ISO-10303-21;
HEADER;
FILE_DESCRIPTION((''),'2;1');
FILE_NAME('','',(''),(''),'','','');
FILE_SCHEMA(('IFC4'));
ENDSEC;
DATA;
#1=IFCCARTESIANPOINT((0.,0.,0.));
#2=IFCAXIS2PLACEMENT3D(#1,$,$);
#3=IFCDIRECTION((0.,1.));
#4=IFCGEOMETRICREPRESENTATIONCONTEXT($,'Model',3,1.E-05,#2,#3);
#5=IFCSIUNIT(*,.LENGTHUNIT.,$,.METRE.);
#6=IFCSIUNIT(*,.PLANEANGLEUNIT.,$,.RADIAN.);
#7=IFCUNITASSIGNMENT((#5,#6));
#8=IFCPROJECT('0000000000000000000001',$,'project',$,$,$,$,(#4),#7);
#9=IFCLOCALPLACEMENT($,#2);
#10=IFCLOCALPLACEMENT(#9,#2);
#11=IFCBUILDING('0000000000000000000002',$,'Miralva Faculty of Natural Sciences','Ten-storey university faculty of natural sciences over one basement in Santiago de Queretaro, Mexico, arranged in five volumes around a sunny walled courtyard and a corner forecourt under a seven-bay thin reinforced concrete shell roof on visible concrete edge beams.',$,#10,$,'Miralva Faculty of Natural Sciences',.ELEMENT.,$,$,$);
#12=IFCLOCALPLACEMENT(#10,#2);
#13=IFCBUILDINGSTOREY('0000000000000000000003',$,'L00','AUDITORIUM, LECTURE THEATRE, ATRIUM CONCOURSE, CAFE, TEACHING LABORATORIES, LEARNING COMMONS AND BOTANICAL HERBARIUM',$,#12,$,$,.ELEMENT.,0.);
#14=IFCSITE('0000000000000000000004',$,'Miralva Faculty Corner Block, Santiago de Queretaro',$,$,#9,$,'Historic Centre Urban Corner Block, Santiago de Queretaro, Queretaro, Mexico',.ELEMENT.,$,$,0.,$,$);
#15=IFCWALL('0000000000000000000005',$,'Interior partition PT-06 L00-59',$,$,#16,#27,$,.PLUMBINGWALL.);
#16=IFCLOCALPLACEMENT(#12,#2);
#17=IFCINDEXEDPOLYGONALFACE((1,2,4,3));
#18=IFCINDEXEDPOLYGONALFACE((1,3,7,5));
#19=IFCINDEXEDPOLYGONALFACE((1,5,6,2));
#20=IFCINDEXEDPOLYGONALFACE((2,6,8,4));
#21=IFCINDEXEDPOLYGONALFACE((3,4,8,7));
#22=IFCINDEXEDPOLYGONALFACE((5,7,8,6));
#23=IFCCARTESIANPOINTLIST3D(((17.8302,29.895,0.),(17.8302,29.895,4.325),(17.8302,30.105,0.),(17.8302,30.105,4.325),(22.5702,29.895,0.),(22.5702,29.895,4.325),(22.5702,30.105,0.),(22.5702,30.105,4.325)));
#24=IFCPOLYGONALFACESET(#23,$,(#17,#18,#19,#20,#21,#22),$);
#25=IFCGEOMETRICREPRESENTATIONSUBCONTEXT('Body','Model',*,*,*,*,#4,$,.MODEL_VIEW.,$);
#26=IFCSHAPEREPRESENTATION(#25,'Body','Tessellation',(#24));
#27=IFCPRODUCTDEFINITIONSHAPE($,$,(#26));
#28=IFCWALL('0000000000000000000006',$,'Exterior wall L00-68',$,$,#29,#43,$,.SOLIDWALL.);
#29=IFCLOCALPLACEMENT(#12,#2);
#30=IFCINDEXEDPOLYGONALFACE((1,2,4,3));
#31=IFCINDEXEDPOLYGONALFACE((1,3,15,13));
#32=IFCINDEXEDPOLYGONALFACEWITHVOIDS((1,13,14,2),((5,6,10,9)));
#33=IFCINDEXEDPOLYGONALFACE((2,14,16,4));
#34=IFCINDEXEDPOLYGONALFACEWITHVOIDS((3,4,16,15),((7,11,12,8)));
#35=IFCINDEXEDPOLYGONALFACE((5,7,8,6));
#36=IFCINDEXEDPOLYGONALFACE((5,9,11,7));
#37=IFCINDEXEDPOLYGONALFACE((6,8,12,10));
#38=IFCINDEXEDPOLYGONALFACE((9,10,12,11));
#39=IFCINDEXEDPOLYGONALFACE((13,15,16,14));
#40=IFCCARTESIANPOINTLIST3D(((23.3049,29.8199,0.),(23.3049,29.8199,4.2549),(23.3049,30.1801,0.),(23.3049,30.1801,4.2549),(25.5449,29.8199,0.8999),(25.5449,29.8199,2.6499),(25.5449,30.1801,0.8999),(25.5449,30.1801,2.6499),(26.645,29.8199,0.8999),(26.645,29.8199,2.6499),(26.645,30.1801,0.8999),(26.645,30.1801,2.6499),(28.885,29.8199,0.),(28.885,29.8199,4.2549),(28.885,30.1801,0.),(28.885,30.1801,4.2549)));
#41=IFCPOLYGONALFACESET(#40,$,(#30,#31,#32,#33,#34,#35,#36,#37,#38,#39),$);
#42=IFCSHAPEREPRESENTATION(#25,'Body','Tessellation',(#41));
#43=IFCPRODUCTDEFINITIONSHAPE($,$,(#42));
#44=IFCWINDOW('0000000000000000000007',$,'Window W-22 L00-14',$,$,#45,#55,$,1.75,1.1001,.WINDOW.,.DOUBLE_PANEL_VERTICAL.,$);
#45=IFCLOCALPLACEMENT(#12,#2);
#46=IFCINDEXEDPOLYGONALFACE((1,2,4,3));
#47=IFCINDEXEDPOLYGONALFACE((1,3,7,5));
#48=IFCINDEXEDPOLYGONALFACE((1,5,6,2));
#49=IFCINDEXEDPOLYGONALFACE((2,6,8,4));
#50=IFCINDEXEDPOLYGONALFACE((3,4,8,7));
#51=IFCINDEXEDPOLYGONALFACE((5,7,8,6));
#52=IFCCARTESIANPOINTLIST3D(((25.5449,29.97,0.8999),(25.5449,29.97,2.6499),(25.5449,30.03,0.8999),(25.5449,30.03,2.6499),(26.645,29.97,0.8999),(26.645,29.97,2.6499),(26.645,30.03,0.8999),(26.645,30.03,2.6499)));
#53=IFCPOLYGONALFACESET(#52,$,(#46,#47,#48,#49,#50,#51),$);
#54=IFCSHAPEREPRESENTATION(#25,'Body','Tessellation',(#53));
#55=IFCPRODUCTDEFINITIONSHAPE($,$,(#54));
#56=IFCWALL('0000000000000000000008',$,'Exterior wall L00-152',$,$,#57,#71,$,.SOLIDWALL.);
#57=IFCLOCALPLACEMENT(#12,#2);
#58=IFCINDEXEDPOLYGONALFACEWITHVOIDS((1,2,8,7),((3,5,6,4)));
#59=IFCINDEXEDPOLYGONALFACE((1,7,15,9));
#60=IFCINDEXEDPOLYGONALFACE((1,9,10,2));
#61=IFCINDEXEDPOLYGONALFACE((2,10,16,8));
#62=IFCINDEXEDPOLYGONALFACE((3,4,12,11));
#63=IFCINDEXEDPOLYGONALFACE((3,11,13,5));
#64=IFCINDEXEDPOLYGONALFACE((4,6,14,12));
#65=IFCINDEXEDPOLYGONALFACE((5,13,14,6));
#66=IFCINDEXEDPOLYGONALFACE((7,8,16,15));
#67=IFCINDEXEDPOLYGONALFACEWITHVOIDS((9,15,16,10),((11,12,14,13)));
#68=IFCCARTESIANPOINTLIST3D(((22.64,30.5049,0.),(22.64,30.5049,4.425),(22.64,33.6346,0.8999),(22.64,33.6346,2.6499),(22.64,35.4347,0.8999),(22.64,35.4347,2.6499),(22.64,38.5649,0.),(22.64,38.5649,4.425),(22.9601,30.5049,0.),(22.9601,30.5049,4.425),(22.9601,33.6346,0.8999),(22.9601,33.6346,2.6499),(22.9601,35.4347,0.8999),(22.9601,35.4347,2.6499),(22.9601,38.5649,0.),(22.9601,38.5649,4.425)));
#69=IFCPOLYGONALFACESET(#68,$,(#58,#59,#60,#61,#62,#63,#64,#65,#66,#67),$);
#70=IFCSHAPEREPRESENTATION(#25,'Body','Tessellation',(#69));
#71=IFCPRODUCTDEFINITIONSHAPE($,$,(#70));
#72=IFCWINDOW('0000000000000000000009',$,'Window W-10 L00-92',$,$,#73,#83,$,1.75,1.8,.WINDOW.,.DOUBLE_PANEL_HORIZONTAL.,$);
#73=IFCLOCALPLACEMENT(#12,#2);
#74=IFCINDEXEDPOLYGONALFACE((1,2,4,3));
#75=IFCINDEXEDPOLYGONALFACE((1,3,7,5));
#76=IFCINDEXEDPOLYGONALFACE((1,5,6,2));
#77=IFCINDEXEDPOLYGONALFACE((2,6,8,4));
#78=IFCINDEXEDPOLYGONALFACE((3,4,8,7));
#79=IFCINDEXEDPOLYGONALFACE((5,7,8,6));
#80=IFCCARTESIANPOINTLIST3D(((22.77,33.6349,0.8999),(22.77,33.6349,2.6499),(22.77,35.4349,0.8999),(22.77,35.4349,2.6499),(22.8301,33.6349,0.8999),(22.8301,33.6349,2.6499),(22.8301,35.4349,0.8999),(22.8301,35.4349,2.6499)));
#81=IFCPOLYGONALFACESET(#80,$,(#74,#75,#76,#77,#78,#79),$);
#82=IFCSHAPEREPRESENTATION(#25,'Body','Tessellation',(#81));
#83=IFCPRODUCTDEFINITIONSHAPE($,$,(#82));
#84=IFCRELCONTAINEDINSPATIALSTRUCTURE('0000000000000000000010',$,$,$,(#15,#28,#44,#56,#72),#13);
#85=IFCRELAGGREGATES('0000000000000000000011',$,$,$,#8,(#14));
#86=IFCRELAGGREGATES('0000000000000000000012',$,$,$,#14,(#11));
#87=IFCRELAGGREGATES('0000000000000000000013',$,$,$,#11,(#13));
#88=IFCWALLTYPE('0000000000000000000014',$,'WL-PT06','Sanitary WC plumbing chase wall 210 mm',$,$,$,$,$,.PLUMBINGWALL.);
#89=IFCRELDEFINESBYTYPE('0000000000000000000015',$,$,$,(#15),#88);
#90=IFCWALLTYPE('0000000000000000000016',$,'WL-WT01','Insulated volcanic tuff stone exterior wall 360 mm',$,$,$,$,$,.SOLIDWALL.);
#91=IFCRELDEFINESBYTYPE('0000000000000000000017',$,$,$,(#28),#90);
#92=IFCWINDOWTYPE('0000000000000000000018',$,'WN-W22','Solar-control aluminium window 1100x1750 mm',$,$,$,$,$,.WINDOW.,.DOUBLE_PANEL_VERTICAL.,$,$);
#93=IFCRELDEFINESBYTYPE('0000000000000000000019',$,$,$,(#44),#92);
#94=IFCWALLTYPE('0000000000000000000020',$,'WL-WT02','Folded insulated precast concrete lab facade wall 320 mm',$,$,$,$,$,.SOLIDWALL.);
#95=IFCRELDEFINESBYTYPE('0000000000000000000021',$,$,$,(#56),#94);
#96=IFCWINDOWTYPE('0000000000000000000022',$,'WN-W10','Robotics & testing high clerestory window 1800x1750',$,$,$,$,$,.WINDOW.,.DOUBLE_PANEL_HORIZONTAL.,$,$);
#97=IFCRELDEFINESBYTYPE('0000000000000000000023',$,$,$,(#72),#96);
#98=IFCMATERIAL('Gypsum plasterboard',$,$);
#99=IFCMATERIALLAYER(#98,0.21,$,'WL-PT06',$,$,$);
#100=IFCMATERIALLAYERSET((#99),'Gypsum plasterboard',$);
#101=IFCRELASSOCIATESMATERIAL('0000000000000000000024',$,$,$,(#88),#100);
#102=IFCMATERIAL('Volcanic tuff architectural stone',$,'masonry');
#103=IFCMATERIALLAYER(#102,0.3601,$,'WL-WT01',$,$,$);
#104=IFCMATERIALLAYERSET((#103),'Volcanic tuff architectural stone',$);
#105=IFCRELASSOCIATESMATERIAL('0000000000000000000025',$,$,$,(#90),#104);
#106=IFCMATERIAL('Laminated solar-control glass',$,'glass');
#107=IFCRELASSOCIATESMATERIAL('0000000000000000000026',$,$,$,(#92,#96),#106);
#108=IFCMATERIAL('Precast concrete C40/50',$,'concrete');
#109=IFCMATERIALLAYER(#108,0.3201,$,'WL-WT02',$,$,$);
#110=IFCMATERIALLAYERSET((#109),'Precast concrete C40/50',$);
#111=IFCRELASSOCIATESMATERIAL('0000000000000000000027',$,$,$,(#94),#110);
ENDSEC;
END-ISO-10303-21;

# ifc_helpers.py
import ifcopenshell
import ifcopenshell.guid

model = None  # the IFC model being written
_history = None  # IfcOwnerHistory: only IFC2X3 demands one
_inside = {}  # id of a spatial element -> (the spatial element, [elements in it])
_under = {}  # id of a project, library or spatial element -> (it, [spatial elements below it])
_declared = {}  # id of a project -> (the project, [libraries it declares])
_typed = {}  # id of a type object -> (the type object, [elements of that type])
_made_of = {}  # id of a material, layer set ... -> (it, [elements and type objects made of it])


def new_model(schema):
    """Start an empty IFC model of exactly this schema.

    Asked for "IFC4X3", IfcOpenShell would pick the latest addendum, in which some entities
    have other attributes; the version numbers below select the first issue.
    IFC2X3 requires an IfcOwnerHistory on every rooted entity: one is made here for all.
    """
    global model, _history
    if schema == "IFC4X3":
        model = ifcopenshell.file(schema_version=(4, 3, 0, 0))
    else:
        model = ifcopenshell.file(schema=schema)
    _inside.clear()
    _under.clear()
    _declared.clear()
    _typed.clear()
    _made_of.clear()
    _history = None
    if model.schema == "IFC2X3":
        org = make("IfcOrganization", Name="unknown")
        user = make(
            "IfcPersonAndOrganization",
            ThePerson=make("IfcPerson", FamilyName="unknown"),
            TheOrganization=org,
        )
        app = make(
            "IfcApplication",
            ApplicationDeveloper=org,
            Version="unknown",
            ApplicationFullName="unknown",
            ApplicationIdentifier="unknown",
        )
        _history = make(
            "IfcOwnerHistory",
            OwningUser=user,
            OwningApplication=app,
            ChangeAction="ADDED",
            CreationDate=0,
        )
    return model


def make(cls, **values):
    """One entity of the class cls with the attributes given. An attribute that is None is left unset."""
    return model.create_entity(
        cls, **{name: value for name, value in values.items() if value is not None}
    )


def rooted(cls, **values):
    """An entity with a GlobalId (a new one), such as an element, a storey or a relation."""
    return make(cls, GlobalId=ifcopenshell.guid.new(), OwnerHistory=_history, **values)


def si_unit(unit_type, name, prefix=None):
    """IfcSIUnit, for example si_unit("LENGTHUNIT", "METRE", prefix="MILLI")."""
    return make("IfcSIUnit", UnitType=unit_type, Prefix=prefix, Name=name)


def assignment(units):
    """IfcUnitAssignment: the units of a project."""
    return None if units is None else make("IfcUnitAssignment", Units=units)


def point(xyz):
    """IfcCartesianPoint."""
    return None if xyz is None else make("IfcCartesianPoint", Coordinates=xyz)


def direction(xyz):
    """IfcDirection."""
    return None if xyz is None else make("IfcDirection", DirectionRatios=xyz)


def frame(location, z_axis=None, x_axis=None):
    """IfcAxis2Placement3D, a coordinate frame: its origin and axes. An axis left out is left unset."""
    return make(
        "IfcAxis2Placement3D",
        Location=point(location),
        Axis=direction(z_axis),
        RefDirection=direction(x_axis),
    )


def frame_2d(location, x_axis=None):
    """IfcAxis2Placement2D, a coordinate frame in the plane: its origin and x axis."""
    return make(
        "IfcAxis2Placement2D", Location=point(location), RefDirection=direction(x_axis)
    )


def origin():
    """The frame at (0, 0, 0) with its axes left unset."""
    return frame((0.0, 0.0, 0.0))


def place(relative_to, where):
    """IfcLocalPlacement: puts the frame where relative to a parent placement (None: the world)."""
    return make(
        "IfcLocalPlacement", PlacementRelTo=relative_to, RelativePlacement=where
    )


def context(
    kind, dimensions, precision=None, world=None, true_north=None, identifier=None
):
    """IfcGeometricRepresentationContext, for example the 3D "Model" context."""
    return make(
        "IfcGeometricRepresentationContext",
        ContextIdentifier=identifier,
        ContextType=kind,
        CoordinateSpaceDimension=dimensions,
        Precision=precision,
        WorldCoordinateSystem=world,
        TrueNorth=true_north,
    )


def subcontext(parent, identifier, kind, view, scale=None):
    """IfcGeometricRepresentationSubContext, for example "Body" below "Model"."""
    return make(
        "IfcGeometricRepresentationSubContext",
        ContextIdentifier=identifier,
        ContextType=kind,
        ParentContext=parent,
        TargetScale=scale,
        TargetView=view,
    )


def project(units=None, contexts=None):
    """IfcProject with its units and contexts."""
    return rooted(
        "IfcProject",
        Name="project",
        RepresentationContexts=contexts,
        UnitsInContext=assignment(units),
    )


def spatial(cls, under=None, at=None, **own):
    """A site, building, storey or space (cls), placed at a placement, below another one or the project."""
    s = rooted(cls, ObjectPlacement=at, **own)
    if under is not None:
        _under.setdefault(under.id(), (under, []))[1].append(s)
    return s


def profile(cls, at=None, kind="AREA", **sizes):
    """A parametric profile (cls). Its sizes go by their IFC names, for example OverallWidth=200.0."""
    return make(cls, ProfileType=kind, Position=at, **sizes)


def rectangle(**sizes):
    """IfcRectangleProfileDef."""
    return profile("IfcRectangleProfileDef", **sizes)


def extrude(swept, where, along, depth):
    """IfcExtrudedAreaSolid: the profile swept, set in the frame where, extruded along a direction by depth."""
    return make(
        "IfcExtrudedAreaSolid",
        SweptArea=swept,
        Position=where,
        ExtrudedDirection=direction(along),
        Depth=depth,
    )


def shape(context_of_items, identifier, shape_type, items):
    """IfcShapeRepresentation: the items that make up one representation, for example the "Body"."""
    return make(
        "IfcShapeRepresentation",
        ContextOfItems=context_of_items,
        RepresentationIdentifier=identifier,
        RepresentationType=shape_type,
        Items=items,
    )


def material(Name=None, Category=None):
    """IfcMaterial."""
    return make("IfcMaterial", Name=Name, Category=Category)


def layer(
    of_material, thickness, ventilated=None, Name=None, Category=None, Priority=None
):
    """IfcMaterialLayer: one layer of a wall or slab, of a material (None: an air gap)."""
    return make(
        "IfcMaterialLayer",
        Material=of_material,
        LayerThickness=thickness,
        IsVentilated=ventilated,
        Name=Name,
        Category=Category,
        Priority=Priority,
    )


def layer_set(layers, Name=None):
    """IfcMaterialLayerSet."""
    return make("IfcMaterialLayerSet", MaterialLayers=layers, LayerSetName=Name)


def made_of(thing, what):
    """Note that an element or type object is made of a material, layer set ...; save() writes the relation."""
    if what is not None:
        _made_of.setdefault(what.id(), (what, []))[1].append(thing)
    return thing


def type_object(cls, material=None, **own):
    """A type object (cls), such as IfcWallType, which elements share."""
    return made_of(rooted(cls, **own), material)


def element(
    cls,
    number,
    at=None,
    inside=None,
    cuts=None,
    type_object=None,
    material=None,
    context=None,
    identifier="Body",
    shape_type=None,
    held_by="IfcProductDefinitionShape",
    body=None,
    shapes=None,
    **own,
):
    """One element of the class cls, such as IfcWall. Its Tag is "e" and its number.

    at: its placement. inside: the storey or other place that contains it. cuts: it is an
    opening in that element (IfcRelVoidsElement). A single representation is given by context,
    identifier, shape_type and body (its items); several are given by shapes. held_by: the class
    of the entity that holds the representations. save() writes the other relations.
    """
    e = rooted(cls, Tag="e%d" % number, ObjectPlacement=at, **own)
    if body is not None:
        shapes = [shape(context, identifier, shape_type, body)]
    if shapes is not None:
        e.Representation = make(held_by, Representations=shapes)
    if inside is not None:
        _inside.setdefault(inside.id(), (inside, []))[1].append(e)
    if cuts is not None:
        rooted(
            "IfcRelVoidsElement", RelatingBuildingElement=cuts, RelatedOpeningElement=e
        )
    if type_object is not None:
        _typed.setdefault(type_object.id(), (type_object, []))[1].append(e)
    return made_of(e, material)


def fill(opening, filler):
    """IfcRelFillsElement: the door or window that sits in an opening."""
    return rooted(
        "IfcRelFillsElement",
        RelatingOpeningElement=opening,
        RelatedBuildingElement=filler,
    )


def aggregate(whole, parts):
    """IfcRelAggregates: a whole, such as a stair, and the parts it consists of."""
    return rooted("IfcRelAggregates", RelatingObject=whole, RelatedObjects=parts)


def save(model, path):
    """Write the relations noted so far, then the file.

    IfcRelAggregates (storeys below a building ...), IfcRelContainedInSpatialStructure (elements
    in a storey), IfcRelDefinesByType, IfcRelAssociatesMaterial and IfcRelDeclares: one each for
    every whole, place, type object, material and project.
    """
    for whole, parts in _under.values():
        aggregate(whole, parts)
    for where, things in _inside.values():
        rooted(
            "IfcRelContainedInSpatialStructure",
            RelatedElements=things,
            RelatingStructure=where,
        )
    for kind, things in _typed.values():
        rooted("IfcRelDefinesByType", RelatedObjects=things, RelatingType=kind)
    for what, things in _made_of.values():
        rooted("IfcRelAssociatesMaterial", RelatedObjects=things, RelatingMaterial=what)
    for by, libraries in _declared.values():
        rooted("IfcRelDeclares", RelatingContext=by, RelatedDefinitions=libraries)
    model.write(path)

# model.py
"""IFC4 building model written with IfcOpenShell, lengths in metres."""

from ifc_helpers import new_model, si_unit, direction, frame, frame_2d, origin, place, context, subcontext, project, spatial, rectangle, extrude, material, layer, layer_set, type_object, element, fill, save


model = new_model("IFC4")

# Units and contexts
model_context = context("Model", 3, precision=1e-05, world=origin(), true_north=direction((0.0, 1.0)))
body_context = subcontext(model_context, "Body", "Model", "MODEL_VIEW")
ifc_project = project(units=[si_unit("LENGTHUNIT", "METRE"), si_unit("PLANEANGLEUNIT", "RADIAN")], contexts=[model_context])

# Site, building, storey
site_placement = place(None, origin())
site = spatial("IfcSite", under=ifc_project, at=site_placement, Name="Miralva Faculty Corner Block, Santiago de Queretaro", LongName="Historic Centre Urban Corner Block, Santiago de Queretaro, Queretaro, Mexico", CompositionType="ELEMENT", RefElevation=0.0)
building_placement = place(site_placement, origin())
building = spatial("IfcBuilding", under=site, at=building_placement, Name="Miralva Faculty of Natural Sciences", Description="Ten-storey university faculty of natural sciences over one basement in Santiago de Queretaro, Mexico, arranged in five volumes around a sunny walled courtyard and a corner forecourt under a seven-bay thin reinforced concrete shell roof on visible concrete edge beams.", LongName="Miralva Faculty of Natural Sciences", CompositionType="ELEMENT")
storey_placement = place(building_placement, origin())
storey = spatial("IfcBuildingStorey", under=building, at=storey_placement, Name="L00", Description="AUDITORIUM, LECTURE THEATRE, ATRIUM CONCOURSE, CAFE, TEACHING LABORATORIES, LEARNING COMMONS AND BOTANICAL HERBARIUM", CompositionType="ELEMENT", Elevation=0.0)

# Shared definitions
ifc_material_1 = material(Name="Gypsum plasterboard")

# Wall
ifc_layer_1 = layer(ifc_material_1, 0.21, Name="WL-PT06")
ifc_layer_set_1 = layer_set([ifc_layer_1], Name="Gypsum plasterboard")
wall_type_1 = type_object("IfcWallType", Name="WL-PT06", Description="Sanitary WC plumbing chase wall 210 mm", PredefinedType="PLUMBINGWALL", material=ifc_layer_set_1)
wall_1_placement = place(storey_placement, frame((17.8301, 30.0, 0.0), z_axis=(0.0, 0.0, 1.0), x_axis=(1.0, 0.0, 0.0)))
element("IfcWall", 1, at=wall_1_placement, inside=storey, type_object=wall_type_1, Name="Interior partition PT-06 L00-59", PredefinedType="PLUMBINGWALL", context=body_context, shape_type="SweptSolid", body=[
    extrude(rectangle(XDim=4.74, YDim=0.21, at=frame_2d((2.3701, 0.0))), origin(), (0.0, 0.0, 1.0), 4.325),
])

# Walls, openings, windows
ifc_material_2 = material(Name="Volcanic tuff architectural stone", Category="masonry")
ifc_layer_2 = layer(ifc_material_2, 0.3601, Name="WL-WT01")
ifc_layer_set_2 = layer_set([ifc_layer_2], Name="Volcanic tuff architectural stone")
wall_type_2 = type_object("IfcWallType", Name="WL-WT01", Description="Insulated volcanic tuff stone exterior wall 360 mm", PredefinedType="SOLIDWALL", material=ifc_layer_set_2)
wall_2_placement = place(storey_placement, frame((23.3049, 30.0, 0.0), z_axis=(0.0, 0.0, 1.0), x_axis=(1.0, 0.0, 0.0)))
wall_2 = element("IfcWall", 2, at=wall_2_placement, inside=storey, type_object=wall_type_2, Name="Exterior wall L00-68", PredefinedType="SOLIDWALL", context=body_context, shape_type="SweptSolid", body=[
    extrude(rectangle(XDim=5.5801, YDim=0.3601, at=frame_2d((2.79, 0.0))), origin(), (0.0, 0.0, 1.0), 4.2549),
])
opening_1_placement = place(wall_2_placement, frame((2.24, 0.0, 0.8999)))
opening_1 = element("IfcOpeningElement", 3, at=opening_1_placement, cuts=wall_2, PredefinedType="OPENING", context=body_context, shape_type="SweptSolid", body=[
    extrude(rectangle(XDim=1.1001, YDim=1.75, at=frame_2d((0.55, 0.875))), frame((0.0, 0.1899, 0.0), z_axis=(0.0, -1.0, 0.0), x_axis=(1.0, 0.0, 0.0)), (0.0, 0.0, 1.0), 0.3801),
])
ifc_material_3 = material(Name="Laminated solar-control glass", Category="glass")
window_type_1 = type_object("IfcWindowType", Name="WN-W22", Description="Solar-control aluminium window 1100x1750 mm", PartitioningType="DOUBLE_PANEL_VERTICAL", PredefinedType="WINDOW", material=ifc_material_3)
window_1_placement = place(opening_1_placement, origin())
window_1 = element("IfcWindow", 4, at=window_1_placement, inside=storey, type_object=window_type_1, Name="Window W-22 L00-14", OverallHeight=1.75, OverallWidth=1.1001, PartitioningType="DOUBLE_PANEL_VERTICAL", PredefinedType="WINDOW", context=body_context, shape_type="SweptSolid", body=[
    extrude(rectangle(XDim=1.1001, YDim=1.75, at=frame_2d((0.55, 0.875))), frame((0.0, 0.03, 0.0), z_axis=(0.0, -1.0, 0.0), x_axis=(1.0, 0.0, 0.0)), (0.0, 0.0, 1.0), 0.0601),
])
fill(opening_1, window_1)
ifc_material_4 = material(Name="Precast concrete C40/50", Category="concrete")
ifc_layer_3 = layer(ifc_material_4, 0.3201, Name="WL-WT02")
ifc_layer_set_3 = layer_set([ifc_layer_3], Name="Precast concrete C40/50")
wall_type_3 = type_object("IfcWallType", Name="WL-WT02", Description="Folded insulated precast concrete lab facade wall 320 mm", PredefinedType="SOLIDWALL", material=ifc_layer_set_3)
wall_3_placement = place(storey_placement, frame((22.8, 30.5049, 0.0), z_axis=(0.0, 0.0, 1.0), x_axis=(0.0, 1.0, 0.0)))
wall_3 = element("IfcWall", 5, at=wall_3_placement, inside=storey, type_object=wall_type_3, Name="Exterior wall L00-152", PredefinedType="SOLIDWALL", context=body_context, shape_type="SweptSolid", body=[
    extrude(rectangle(XDim=8.0601, YDim=0.3201, at=frame_2d((4.03, 0.0))), origin(), (0.0, 0.0, 1.0), 4.425),
])
opening_2_placement = place(wall_3_placement, frame((3.1299, 0.0, 0.8999)))
opening_2 = element("IfcOpeningElement", 6, at=opening_2_placement, cuts=wall_3, PredefinedType="OPENING", context=body_context, shape_type="SweptSolid", body=[
    extrude(rectangle(XDim=1.8, YDim=1.75, at=frame_2d((0.8999, 0.875))), frame((0.0, 0.1699, 0.0), z_axis=(0.0, -1.0, 0.0), x_axis=(1.0, 0.0, 0.0)), (0.0, 0.0, 1.0), 0.3401),
])
window_type_2 = type_object("IfcWindowType", Name="WN-W10", Description="Robotics & testing high clerestory window 1800x1750", PartitioningType="DOUBLE_PANEL_HORIZONTAL", PredefinedType="WINDOW", material=ifc_material_3)
window_2_placement = place(opening_2_placement, frame((1.8, 0.0, 0.0), z_axis=(0.0, 0.0, 1.0), x_axis=(-1.0, 0.0, 0.0)))
window_2 = element("IfcWindow", 7, at=window_2_placement, inside=storey, type_object=window_type_2, Name="Window W-10 L00-92", OverallHeight=1.75, OverallWidth=1.8, PartitioningType="DOUBLE_PANEL_HORIZONTAL", PredefinedType="WINDOW", context=body_context, shape_type="SweptSolid", body=[
    extrude(rectangle(XDim=1.8, YDim=1.75, at=frame_2d((0.8999, 0.875))), frame((0.0, 0.03, 0.0), z_axis=(0.0, -1.0, 0.0), x_axis=(1.0, 0.0, 0.0)), (0.0, 0.0, 1.0), 0.0601),
])
fill(opening_2, window_2)

save(model, "model.ifc")
